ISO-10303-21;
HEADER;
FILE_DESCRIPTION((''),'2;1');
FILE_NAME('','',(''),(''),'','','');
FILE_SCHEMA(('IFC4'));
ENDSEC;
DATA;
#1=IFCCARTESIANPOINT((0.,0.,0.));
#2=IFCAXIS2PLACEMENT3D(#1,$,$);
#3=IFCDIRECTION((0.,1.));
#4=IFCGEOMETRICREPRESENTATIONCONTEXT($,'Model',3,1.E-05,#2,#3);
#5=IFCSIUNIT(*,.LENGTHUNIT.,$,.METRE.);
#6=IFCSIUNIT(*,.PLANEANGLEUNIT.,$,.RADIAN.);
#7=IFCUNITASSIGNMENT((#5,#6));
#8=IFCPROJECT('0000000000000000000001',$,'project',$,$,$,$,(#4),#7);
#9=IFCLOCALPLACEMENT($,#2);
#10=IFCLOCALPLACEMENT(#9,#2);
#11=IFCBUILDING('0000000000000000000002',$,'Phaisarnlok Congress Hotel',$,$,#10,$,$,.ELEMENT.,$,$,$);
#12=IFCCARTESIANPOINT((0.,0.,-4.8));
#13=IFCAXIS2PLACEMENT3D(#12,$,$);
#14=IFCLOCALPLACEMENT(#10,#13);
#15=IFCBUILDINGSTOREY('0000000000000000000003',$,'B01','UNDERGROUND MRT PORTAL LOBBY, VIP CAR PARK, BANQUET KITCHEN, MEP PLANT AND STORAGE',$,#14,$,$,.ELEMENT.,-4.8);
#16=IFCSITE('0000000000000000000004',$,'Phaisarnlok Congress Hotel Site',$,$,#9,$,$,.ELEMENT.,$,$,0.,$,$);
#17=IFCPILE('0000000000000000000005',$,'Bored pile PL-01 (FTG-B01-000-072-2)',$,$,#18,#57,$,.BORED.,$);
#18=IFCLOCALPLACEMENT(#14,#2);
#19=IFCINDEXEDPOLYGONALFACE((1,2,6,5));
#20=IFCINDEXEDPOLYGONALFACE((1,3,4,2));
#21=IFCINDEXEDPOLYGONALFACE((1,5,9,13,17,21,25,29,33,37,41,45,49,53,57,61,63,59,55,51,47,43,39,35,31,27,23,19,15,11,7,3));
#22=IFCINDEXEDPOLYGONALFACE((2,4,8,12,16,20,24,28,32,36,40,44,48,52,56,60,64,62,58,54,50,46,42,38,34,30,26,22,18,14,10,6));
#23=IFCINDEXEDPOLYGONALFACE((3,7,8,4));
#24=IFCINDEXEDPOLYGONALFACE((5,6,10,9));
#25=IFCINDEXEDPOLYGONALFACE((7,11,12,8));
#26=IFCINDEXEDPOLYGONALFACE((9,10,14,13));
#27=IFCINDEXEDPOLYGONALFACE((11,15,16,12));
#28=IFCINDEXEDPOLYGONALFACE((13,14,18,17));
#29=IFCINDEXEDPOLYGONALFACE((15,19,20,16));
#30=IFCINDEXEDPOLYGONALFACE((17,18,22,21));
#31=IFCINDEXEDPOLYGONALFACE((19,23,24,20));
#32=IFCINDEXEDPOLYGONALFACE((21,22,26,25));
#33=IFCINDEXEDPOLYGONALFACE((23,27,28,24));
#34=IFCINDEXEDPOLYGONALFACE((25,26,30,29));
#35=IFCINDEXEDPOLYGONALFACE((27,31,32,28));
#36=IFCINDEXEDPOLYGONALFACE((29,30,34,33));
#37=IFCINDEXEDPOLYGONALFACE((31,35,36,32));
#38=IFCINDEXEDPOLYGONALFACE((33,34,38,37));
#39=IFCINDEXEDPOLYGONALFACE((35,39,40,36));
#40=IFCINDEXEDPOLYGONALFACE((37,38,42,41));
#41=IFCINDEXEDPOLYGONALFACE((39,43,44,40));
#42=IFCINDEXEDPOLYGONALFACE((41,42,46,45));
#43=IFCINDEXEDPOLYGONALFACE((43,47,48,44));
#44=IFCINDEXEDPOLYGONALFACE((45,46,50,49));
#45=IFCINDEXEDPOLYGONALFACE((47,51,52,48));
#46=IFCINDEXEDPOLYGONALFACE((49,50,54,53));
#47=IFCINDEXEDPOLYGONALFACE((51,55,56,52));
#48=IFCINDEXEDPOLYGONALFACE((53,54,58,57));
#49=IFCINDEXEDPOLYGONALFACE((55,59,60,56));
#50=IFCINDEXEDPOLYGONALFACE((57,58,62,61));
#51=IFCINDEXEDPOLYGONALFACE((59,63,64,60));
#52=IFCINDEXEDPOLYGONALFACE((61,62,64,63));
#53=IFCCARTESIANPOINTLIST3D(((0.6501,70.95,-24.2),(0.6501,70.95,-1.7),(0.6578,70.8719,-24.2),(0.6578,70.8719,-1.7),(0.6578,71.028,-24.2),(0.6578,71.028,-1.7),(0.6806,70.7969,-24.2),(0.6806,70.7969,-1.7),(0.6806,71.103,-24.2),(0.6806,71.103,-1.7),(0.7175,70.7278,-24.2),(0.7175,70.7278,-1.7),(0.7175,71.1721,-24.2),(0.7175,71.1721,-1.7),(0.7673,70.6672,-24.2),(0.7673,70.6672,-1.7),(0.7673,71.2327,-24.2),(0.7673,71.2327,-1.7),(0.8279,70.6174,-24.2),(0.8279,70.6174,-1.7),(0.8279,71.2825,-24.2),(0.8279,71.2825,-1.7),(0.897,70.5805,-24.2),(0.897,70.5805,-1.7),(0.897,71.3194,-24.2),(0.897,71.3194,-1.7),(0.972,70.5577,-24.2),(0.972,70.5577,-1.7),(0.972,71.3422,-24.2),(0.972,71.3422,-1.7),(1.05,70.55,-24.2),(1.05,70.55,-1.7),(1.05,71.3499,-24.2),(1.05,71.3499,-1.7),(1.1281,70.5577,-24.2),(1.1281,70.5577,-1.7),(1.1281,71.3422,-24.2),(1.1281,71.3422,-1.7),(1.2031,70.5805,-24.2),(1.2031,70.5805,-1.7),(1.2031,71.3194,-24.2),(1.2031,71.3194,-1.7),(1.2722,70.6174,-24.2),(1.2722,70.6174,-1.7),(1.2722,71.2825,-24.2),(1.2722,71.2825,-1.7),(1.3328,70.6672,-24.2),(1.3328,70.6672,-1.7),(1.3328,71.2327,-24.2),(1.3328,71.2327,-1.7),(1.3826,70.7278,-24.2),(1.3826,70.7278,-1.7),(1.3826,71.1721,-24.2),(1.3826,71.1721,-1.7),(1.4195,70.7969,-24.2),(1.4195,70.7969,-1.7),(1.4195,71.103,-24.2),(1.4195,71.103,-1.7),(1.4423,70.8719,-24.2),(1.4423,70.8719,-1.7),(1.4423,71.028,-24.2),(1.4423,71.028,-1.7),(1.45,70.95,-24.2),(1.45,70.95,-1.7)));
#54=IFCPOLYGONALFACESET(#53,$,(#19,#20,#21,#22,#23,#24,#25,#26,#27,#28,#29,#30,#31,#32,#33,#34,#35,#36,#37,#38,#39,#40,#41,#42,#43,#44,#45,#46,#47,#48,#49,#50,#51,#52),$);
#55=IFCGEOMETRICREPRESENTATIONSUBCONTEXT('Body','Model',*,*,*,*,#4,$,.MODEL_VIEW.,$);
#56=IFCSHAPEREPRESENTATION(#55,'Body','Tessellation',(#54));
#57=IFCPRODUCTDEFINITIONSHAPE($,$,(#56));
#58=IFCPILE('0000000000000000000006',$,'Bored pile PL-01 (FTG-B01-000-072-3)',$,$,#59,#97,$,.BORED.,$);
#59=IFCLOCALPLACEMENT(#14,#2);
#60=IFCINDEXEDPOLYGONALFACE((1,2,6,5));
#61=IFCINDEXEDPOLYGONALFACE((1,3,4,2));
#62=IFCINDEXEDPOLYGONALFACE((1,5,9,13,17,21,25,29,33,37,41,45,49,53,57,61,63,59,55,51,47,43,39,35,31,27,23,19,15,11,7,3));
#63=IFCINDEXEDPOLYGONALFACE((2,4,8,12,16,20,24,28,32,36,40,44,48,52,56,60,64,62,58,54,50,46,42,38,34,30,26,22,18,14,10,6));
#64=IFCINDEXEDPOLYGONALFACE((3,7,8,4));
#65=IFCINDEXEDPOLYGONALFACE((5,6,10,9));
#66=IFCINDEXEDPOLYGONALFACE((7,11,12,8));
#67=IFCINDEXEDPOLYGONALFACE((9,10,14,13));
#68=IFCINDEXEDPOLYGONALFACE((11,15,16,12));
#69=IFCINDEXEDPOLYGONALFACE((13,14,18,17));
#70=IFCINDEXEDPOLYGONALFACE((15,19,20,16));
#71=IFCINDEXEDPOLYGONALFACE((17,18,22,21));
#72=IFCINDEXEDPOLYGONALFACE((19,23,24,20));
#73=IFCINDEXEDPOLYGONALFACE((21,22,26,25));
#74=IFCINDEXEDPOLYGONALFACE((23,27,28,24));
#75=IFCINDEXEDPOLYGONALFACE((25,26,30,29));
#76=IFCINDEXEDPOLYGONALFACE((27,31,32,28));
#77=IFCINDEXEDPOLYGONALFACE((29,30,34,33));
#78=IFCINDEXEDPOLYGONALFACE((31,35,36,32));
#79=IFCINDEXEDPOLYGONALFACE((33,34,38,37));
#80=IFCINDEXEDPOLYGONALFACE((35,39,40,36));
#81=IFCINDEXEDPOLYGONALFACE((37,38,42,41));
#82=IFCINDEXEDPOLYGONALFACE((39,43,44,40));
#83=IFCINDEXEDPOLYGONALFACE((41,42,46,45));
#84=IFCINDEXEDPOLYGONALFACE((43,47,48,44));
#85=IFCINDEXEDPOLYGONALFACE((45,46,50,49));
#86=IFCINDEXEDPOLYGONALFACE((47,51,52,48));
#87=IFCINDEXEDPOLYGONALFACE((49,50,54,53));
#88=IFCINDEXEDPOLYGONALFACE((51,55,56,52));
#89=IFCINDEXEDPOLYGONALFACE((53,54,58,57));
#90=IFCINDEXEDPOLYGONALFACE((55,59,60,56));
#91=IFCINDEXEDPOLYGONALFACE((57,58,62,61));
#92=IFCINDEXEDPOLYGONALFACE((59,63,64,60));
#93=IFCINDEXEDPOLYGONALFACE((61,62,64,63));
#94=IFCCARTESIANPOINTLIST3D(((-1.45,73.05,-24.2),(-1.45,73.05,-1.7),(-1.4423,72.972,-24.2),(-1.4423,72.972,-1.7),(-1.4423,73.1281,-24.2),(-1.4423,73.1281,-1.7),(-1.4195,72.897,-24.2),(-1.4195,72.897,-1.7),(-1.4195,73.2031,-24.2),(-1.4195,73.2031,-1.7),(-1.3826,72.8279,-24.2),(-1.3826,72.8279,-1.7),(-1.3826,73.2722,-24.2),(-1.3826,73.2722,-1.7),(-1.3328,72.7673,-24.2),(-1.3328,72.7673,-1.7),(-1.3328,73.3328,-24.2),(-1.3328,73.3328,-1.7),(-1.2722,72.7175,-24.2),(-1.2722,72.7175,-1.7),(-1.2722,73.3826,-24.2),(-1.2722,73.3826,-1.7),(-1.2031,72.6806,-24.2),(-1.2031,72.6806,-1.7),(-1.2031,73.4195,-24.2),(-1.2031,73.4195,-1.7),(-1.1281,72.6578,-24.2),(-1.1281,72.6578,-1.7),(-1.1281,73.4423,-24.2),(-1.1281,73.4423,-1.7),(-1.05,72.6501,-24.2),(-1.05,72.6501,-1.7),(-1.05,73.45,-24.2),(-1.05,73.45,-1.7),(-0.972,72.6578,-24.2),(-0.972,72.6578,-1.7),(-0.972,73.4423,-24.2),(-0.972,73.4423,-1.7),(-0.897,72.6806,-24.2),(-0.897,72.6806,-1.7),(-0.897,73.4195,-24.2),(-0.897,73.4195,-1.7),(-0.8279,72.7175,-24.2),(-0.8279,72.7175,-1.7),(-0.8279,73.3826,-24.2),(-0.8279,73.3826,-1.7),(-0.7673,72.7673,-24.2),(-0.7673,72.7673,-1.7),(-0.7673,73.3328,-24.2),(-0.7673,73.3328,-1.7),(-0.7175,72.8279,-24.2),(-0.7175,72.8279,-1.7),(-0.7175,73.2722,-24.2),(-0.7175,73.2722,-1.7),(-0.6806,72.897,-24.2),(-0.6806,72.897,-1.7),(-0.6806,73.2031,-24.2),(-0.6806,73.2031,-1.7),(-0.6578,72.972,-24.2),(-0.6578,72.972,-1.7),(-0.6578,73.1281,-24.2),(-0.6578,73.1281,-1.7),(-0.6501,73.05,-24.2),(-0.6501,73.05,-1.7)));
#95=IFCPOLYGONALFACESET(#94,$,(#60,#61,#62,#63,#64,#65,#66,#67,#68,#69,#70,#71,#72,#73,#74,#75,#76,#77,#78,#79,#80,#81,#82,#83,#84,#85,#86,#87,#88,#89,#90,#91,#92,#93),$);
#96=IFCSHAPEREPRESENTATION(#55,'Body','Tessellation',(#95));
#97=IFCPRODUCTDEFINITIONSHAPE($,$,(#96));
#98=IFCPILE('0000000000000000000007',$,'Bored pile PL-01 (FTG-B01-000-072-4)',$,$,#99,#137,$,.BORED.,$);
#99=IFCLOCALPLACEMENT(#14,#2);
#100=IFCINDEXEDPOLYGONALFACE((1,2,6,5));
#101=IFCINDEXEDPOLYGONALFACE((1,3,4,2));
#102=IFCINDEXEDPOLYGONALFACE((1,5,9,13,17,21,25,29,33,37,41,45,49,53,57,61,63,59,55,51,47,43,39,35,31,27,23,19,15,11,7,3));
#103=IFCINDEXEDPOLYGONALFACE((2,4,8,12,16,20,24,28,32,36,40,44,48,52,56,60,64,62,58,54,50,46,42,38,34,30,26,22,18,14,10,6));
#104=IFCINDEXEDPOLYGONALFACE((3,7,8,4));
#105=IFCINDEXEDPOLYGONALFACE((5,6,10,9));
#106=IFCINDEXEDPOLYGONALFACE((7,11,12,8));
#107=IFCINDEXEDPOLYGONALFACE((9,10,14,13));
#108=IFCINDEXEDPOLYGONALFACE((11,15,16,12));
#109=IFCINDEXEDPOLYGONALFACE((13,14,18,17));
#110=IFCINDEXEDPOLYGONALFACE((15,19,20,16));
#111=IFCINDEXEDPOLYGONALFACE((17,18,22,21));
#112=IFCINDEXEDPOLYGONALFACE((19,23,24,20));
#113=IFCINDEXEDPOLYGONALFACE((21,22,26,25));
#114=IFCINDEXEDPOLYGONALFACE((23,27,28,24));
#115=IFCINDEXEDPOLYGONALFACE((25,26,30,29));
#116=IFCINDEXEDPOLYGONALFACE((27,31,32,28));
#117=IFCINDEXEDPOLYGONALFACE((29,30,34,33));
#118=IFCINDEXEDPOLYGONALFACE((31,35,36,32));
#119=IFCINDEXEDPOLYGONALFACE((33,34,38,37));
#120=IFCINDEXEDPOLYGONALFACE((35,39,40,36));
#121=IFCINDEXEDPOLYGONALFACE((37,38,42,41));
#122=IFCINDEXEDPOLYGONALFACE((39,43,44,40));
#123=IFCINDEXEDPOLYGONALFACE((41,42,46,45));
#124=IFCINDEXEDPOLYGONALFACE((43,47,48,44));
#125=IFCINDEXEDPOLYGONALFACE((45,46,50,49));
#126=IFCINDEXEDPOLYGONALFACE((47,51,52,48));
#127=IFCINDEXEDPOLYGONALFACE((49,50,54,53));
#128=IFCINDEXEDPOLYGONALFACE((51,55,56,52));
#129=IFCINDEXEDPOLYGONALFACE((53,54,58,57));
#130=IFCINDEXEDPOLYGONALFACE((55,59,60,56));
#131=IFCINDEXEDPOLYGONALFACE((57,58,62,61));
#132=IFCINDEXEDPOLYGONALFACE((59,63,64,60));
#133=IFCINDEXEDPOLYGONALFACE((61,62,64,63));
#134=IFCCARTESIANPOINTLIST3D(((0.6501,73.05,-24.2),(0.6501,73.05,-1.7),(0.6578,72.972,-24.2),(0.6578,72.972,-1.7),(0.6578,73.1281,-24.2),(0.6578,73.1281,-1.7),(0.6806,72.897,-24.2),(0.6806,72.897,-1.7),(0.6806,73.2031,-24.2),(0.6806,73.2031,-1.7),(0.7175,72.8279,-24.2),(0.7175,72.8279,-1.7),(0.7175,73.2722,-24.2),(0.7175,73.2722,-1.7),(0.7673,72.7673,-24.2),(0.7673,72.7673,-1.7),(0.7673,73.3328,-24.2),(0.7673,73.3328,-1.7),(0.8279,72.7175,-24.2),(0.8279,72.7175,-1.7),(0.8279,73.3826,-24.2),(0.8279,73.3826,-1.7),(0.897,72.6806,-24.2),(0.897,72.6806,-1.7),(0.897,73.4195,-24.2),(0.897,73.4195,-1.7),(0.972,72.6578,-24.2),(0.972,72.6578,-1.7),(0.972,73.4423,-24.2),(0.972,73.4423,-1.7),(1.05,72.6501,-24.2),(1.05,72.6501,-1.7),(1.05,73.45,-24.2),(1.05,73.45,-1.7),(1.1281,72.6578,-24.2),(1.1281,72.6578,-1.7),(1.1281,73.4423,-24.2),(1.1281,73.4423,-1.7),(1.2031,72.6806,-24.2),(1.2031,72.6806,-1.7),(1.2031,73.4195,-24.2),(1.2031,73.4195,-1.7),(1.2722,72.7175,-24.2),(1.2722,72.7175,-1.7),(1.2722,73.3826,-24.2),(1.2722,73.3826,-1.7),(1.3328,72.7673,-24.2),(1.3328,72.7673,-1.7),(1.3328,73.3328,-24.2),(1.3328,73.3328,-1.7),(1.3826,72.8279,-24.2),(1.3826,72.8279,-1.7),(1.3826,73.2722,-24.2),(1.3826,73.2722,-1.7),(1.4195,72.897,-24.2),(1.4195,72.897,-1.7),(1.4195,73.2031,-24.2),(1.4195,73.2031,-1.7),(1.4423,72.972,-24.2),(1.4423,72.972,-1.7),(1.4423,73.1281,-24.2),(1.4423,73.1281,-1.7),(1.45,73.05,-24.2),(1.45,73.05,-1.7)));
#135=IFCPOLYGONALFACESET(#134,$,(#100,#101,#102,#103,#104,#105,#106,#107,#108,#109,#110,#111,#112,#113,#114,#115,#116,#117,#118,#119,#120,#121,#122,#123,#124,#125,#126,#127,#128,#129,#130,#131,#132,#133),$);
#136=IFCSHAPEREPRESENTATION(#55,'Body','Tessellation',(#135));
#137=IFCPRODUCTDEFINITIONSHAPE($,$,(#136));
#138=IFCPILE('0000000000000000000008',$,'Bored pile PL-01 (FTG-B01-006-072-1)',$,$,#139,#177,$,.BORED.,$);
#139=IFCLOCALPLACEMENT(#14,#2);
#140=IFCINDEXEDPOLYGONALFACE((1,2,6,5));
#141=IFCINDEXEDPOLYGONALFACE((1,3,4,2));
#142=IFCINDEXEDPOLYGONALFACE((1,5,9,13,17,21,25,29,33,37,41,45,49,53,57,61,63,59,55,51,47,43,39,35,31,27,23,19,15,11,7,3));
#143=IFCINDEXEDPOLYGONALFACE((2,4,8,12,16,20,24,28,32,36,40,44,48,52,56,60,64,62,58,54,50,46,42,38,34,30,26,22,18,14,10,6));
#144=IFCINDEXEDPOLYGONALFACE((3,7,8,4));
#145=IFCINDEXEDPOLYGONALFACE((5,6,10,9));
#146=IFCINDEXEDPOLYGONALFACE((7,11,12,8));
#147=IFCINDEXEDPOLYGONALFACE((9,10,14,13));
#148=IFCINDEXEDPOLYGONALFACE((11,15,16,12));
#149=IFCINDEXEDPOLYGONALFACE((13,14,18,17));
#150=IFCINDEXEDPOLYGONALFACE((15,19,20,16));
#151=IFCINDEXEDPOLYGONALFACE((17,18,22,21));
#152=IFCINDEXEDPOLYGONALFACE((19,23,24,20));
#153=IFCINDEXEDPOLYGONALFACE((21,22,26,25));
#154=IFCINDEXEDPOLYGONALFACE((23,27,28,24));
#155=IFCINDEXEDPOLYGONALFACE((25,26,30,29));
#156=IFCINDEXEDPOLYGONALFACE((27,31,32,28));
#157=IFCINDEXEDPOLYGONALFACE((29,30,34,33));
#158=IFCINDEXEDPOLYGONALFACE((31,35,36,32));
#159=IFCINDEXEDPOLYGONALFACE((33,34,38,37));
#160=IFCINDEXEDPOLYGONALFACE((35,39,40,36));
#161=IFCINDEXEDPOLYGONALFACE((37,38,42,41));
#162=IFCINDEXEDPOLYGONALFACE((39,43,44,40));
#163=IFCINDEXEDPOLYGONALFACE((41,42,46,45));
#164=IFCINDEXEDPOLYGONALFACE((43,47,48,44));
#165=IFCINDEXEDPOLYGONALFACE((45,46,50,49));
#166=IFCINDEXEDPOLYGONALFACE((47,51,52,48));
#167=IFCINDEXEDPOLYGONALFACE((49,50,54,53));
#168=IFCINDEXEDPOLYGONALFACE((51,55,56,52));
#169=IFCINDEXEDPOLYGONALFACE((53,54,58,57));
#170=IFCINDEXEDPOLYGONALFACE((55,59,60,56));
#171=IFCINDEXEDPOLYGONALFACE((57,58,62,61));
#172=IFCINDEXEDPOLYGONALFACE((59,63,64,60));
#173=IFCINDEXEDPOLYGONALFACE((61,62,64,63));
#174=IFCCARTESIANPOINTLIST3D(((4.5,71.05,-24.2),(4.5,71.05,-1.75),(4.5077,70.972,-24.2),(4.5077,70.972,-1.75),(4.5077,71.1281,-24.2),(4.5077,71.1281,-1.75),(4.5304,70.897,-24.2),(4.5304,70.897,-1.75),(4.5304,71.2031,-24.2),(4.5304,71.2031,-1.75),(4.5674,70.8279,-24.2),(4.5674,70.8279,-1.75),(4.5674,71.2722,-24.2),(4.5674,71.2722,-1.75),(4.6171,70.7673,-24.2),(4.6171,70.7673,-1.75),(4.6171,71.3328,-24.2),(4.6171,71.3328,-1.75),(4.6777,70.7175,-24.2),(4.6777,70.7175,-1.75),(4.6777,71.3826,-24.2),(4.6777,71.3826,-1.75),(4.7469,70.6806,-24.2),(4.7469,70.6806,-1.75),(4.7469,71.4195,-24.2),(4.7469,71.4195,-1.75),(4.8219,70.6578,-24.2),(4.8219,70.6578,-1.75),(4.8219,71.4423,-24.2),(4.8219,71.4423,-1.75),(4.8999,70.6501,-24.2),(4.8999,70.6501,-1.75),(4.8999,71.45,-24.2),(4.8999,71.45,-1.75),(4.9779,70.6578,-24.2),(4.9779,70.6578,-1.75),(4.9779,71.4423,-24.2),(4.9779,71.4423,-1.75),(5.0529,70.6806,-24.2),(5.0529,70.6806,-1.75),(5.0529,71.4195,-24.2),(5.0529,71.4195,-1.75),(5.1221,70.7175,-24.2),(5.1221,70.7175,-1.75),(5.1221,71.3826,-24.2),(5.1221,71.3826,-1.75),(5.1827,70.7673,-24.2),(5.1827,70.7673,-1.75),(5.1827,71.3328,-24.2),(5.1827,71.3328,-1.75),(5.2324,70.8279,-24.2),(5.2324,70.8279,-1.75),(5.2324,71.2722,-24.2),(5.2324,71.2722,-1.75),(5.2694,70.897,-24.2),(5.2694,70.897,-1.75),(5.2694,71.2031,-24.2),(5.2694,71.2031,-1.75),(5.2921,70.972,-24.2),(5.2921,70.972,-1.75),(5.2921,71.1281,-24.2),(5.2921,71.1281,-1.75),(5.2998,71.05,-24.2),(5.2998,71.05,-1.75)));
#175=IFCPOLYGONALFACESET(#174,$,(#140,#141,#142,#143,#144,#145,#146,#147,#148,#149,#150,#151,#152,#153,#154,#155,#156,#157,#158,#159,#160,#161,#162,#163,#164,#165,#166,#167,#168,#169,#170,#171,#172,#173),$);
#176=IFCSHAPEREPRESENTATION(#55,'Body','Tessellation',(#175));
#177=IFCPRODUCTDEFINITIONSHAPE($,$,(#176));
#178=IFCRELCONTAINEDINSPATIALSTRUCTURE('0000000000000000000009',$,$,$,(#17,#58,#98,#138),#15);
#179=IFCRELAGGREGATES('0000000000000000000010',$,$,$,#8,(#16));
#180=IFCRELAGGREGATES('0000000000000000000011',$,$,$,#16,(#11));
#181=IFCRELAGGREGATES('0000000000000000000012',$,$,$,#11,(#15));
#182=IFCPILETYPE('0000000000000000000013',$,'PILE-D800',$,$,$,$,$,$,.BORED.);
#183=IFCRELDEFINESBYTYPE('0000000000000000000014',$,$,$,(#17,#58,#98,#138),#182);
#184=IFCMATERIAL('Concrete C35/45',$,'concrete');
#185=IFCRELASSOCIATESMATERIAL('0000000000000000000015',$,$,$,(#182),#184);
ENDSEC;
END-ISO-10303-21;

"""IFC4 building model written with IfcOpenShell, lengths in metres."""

from ifc_helpers import new_model, si_unit, direction, frame, origin, origin_2d, place, context, subcontext, project, spatial, circle, extrude, material, material_profile, profile_set, type_object, element, save


model = new_model("IFC4")

# Units and contexts
model_context = context("Model", 3, precision=1e-05, world=origin(), true_north=direction((0.0, 1.0)))
body_context = subcontext(model_context, "Body", "Model", "MODEL_VIEW")
ifc_project = project(units=[si_unit("LENGTHUNIT", "METRE"), si_unit("PLANEANGLEUNIT", "RADIAN")], contexts=[model_context])

# Site, building, storey
site_placement = place(None, origin())
site = spatial("IfcSite", under=ifc_project, at=site_placement, Name="Phaisarnlok Congress Hotel Site", CompositionType="ELEMENT", RefElevation=0.0)
building_placement = place(site_placement, origin())
building = spatial("IfcBuilding", under=site, at=building_placement, Name="Phaisarnlok Congress Hotel", CompositionType="ELEMENT")
storey_placement = place(building_placement, frame((0.0, 0.0, -4.8)))
storey = spatial("IfcBuildingStorey", under=building, at=storey_placement, Name="B01", Description="UNDERGROUND MRT PORTAL LOBBY, VIP CAR PARK, BANQUET KITCHEN, MEP PLANT AND STORAGE", CompositionType="ELEMENT", Elevation=-4.8)

# Piles
ifc_material_1 = material(Name="Concrete C35/45", Category="concrete")
ifc_material_profile_1 = material_profile(ifc_material_1, circle(Radius=0.3999, at=origin_2d()), Name="BORED PILE D800")
ifc_profile_set_1 = profile_set([ifc_material_profile_1], Name="Concrete C35/45")
pile_type_1 = type_object("IfcPileType", Name="PILE-D800", PredefinedType="BORED", material=ifc_profile_set_1)
for number, where, z_axis, x_axis, name in (
    (1, (1.05, 70.95, -1.7), (0.0, 0.0, -1.0), (1.0, 0.0, 0.0), "Bored pile PL-01 (FTG-B01-000-072-2)"),
    (2, (-1.05, 73.05, -1.7), (0.0, 0.0, -1.0), (1.0, 0.0, 0.0), "Bored pile PL-01 (FTG-B01-000-072-3)"),
    (3, (1.05, 73.05, -1.7), (0.0, 0.0, -1.0), (1.0, 0.0, 0.0), "Bored pile PL-01 (FTG-B01-000-072-4)"),
):
    element("IfcPile", number, at=place(storey_placement, frame(where, z_axis=z_axis, x_axis=x_axis)), inside=storey, type_object=pile_type_1, Name=name, PredefinedType="BORED", context=body_context, shape_type="SweptSolid", body=[
        extrude(circle(Radius=0.3999, at=origin_2d()), origin(), (0.0, 0.0, 1.0), 22.5),
    ])
for number, where, z_axis, x_axis, name in (
    (4, (4.8999, 71.05, -1.75), (0.0, 0.0, -1.0), (1.0, 0.0, 0.0), "Bored pile PL-01 (FTG-B01-006-072-1)"),
):
    element("IfcPile", number, at=place(storey_placement, frame(where, z_axis=z_axis, x_axis=x_axis)), inside=storey, type_object=pile_type_1, Name=name, PredefinedType="BORED", context=body_context, shape_type="SweptSolid", body=[
        extrude(circle(Radius=0.3999, at=origin_2d()), origin(), (0.0, 0.0, 1.0), 22.45),
    ])

save(model, "model.ifc")
